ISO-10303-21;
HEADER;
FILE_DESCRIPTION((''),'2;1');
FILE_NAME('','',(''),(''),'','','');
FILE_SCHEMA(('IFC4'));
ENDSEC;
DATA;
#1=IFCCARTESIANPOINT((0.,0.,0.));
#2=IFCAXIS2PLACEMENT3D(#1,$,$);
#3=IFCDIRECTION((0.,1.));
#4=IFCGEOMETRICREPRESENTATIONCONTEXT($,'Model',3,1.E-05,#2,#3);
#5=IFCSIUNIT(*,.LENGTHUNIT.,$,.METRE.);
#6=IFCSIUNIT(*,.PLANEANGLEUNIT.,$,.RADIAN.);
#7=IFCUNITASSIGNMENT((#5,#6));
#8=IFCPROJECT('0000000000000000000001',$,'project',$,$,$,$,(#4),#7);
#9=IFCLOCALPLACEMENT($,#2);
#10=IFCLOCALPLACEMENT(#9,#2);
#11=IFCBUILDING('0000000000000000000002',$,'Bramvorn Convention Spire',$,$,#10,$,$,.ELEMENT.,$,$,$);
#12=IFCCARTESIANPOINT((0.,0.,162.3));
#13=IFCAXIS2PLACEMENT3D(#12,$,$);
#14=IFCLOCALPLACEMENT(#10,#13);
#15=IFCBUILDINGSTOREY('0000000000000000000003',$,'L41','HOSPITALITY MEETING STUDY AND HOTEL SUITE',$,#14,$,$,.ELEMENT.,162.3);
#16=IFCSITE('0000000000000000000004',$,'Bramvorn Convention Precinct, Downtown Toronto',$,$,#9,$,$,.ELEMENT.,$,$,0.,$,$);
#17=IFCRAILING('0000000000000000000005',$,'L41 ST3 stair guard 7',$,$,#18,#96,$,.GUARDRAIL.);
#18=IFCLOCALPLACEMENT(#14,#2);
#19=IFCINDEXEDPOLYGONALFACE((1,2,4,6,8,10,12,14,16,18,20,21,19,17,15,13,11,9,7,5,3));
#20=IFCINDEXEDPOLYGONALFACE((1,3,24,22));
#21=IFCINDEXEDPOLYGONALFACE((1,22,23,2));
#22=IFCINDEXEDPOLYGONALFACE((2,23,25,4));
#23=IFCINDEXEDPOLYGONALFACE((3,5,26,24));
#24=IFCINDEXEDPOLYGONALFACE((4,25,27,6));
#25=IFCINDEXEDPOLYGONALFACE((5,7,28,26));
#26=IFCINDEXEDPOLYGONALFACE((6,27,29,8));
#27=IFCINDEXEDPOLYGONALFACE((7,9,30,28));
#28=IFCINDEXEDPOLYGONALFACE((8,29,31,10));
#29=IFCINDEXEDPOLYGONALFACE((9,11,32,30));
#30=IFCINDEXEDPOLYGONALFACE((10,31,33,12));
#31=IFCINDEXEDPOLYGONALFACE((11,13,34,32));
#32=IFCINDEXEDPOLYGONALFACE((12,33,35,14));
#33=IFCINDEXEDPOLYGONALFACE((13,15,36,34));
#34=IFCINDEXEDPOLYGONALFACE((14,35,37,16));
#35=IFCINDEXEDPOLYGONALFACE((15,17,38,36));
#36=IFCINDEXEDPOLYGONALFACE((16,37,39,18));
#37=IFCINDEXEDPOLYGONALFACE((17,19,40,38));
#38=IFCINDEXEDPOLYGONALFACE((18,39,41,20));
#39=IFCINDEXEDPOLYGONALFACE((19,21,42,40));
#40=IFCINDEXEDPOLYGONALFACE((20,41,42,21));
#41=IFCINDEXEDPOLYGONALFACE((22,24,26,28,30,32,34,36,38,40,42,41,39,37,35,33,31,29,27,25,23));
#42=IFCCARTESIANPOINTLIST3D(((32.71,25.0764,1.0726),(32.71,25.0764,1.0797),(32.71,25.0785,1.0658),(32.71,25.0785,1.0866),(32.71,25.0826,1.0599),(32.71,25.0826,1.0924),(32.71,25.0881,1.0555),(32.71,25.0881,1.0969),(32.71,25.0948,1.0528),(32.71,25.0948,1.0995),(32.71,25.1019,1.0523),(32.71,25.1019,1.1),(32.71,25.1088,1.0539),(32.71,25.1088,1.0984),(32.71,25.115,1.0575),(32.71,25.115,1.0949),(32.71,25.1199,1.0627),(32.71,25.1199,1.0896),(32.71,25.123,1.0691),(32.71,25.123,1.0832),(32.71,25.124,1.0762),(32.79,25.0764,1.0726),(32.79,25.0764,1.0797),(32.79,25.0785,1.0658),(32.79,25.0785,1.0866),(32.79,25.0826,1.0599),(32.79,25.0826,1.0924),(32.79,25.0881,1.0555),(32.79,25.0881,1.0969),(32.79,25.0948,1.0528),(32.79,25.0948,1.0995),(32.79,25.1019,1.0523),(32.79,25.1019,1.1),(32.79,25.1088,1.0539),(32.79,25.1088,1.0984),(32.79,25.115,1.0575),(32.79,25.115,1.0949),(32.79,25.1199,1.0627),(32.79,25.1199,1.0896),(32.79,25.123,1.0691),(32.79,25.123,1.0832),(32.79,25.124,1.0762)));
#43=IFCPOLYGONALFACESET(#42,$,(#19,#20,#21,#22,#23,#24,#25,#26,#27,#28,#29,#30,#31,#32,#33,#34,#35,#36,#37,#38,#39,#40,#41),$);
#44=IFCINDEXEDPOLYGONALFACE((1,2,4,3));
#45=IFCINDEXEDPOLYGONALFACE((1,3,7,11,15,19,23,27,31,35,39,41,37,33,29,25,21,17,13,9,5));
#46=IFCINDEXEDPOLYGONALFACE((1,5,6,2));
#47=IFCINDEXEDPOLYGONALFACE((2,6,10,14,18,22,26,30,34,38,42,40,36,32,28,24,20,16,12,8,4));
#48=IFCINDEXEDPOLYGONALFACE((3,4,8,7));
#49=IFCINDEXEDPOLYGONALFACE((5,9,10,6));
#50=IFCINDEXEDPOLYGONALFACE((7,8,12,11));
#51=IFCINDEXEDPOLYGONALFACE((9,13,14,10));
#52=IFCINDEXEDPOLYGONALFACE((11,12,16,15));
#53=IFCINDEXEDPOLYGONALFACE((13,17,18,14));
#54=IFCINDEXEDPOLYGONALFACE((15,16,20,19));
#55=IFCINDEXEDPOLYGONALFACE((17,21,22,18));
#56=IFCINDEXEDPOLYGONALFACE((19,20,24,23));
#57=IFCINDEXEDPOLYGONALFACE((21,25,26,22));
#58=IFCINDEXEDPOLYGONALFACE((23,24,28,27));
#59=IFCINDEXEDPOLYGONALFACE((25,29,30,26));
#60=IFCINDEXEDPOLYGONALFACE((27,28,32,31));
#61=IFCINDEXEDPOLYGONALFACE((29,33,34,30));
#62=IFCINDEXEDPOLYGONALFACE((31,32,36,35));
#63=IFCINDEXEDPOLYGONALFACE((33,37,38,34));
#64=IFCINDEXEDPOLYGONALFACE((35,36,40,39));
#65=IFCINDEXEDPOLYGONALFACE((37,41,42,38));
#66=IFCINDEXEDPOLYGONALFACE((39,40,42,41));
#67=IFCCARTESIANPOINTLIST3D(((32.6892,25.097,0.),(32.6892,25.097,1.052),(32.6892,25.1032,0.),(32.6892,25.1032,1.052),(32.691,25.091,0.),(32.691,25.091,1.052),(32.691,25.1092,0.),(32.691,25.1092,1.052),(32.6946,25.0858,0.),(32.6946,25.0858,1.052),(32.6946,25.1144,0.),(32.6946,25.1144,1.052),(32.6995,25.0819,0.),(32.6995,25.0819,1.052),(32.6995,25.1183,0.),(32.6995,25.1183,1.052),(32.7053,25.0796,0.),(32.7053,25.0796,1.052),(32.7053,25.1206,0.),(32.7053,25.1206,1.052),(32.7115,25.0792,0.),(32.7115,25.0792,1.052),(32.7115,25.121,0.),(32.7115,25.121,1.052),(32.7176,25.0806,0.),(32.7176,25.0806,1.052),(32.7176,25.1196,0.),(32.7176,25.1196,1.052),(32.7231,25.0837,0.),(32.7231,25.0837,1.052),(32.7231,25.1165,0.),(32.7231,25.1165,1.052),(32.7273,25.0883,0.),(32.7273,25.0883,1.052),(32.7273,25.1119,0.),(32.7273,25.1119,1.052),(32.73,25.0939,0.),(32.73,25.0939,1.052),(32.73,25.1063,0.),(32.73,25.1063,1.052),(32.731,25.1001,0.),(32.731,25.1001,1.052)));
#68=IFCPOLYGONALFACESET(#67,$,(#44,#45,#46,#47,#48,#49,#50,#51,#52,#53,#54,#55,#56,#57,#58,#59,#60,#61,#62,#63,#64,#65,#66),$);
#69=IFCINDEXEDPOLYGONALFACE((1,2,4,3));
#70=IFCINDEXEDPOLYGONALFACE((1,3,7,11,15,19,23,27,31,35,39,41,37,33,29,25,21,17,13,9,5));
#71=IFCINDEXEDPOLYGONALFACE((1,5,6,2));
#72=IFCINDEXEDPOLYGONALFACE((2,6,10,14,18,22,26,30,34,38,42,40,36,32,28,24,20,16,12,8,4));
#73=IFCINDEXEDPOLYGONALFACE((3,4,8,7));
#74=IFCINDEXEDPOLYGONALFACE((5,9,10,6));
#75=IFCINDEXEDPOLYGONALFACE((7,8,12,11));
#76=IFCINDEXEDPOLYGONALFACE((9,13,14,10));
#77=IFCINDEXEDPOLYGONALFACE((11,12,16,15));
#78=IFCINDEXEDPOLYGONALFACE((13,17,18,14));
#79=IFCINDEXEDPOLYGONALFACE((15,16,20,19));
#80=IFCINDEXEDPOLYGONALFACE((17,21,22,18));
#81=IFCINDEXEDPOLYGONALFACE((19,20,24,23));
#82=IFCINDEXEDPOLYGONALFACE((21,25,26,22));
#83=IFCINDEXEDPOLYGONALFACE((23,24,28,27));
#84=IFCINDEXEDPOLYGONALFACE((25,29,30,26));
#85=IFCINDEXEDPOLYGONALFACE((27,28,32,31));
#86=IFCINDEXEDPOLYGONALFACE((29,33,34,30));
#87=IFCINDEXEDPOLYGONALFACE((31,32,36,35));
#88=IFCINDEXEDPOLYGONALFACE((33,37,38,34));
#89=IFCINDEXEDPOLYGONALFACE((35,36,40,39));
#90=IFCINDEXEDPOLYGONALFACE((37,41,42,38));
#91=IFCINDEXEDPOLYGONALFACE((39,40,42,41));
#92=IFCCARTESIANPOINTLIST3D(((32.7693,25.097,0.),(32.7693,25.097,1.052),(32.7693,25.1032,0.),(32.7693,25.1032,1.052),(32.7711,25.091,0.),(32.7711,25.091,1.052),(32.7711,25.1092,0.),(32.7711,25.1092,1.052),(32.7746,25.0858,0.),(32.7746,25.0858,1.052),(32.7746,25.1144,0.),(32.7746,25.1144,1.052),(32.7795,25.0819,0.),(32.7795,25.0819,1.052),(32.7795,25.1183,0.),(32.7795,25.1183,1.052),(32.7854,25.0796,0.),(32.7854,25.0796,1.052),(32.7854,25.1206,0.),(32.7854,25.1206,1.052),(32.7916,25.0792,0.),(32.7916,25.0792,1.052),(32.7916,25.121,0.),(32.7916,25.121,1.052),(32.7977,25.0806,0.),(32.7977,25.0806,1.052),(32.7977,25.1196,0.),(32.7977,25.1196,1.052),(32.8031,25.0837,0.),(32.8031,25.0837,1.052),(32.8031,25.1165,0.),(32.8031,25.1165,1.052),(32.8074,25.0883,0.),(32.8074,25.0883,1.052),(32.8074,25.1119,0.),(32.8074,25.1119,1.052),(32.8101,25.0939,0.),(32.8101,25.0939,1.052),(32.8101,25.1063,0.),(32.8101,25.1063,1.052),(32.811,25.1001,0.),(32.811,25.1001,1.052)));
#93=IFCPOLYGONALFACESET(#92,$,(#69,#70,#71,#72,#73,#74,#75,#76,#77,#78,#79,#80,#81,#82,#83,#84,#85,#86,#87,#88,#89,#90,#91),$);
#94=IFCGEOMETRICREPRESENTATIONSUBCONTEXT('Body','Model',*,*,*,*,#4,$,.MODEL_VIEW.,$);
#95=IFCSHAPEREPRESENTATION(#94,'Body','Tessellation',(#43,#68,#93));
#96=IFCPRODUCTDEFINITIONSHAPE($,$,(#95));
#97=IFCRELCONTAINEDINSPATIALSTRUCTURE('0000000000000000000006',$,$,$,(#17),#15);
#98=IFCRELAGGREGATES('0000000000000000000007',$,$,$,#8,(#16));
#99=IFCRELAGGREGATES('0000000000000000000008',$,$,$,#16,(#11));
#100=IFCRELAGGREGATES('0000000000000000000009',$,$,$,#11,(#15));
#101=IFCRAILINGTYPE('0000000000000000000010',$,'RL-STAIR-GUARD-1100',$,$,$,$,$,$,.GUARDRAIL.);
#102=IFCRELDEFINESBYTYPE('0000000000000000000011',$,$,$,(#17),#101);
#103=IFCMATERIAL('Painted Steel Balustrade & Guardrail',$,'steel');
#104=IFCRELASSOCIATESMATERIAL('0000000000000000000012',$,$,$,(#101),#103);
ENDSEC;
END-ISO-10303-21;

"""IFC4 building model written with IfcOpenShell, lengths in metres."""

from ifc_helpers import new_model, si_unit, direction, frame, origin, origin_2d, place, context, subcontext, project, spatial, circle, extrude, material, type_object, element, save


model = new_model("IFC4")

# Units and contexts
model_context = context("Model", 3, precision=1e-05, world=origin(), true_north=direction((0.0, 1.0)))
body_context = subcontext(model_context, "Body", "Model", "MODEL_VIEW")
ifc_project = project(units=[si_unit("LENGTHUNIT", "METRE"), si_unit("PLANEANGLEUNIT", "RADIAN")], contexts=[model_context])

# Site, building, storey
site_placement = place(None, origin())
site = spatial("IfcSite", under=ifc_project, at=site_placement, Name="Bramvorn Convention Precinct, Downtown Toronto", CompositionType="ELEMENT", RefElevation=0.0)
building_placement = place(site_placement, origin())
building = spatial("IfcBuilding", under=site, at=building_placement, Name="Bramvorn Convention Spire", CompositionType="ELEMENT")
storey_placement = place(building_placement, frame((0.0, 0.0, 162.3)))
storey = spatial("IfcBuildingStorey", under=building, at=storey_placement, Name="L41", Description="HOSPITALITY MEETING STUDY AND HOTEL SUITE", CompositionType="ELEMENT", Elevation=162.3)

# Railing
ifc_material_1 = material(Name="Painted Steel Balustrade & Guardrail", Category="steel")
railing_type_1 = type_object("IfcRailingType", Name="RL-STAIR-GUARD-1100", PredefinedType="GUARDRAIL", material=ifc_material_1)
railing_1_placement = place(storey_placement, frame((32.71, 25.1001, 0.0)))
element("IfcRailing", 1, at=railing_1_placement, inside=storey, type_object=railing_type_1, Name="L41 ST3 stair guard 7", PredefinedType="GUARDRAIL", context=body_context, shape_type="SweptSolid", body=[
    extrude(circle(Radius=0.0239, at=origin_2d()), frame((0.0, 0.0, 1.0762), z_axis=(1.0, 0.0, 0.0), x_axis=(0.0, 1.0, 0.0)), (0.0, 0.0, 1.0), 0.0801),
    extrude(circle(Radius=0.021, at=origin_2d()), origin(), (0.0, 0.0, 1.0), 1.052),
    extrude(circle(Radius=0.021, at=origin_2d()), frame((0.0801, 0.0, 0.0)), (0.0, 0.0, 1.0), 1.052),
])

save(model, "model.ifc")
